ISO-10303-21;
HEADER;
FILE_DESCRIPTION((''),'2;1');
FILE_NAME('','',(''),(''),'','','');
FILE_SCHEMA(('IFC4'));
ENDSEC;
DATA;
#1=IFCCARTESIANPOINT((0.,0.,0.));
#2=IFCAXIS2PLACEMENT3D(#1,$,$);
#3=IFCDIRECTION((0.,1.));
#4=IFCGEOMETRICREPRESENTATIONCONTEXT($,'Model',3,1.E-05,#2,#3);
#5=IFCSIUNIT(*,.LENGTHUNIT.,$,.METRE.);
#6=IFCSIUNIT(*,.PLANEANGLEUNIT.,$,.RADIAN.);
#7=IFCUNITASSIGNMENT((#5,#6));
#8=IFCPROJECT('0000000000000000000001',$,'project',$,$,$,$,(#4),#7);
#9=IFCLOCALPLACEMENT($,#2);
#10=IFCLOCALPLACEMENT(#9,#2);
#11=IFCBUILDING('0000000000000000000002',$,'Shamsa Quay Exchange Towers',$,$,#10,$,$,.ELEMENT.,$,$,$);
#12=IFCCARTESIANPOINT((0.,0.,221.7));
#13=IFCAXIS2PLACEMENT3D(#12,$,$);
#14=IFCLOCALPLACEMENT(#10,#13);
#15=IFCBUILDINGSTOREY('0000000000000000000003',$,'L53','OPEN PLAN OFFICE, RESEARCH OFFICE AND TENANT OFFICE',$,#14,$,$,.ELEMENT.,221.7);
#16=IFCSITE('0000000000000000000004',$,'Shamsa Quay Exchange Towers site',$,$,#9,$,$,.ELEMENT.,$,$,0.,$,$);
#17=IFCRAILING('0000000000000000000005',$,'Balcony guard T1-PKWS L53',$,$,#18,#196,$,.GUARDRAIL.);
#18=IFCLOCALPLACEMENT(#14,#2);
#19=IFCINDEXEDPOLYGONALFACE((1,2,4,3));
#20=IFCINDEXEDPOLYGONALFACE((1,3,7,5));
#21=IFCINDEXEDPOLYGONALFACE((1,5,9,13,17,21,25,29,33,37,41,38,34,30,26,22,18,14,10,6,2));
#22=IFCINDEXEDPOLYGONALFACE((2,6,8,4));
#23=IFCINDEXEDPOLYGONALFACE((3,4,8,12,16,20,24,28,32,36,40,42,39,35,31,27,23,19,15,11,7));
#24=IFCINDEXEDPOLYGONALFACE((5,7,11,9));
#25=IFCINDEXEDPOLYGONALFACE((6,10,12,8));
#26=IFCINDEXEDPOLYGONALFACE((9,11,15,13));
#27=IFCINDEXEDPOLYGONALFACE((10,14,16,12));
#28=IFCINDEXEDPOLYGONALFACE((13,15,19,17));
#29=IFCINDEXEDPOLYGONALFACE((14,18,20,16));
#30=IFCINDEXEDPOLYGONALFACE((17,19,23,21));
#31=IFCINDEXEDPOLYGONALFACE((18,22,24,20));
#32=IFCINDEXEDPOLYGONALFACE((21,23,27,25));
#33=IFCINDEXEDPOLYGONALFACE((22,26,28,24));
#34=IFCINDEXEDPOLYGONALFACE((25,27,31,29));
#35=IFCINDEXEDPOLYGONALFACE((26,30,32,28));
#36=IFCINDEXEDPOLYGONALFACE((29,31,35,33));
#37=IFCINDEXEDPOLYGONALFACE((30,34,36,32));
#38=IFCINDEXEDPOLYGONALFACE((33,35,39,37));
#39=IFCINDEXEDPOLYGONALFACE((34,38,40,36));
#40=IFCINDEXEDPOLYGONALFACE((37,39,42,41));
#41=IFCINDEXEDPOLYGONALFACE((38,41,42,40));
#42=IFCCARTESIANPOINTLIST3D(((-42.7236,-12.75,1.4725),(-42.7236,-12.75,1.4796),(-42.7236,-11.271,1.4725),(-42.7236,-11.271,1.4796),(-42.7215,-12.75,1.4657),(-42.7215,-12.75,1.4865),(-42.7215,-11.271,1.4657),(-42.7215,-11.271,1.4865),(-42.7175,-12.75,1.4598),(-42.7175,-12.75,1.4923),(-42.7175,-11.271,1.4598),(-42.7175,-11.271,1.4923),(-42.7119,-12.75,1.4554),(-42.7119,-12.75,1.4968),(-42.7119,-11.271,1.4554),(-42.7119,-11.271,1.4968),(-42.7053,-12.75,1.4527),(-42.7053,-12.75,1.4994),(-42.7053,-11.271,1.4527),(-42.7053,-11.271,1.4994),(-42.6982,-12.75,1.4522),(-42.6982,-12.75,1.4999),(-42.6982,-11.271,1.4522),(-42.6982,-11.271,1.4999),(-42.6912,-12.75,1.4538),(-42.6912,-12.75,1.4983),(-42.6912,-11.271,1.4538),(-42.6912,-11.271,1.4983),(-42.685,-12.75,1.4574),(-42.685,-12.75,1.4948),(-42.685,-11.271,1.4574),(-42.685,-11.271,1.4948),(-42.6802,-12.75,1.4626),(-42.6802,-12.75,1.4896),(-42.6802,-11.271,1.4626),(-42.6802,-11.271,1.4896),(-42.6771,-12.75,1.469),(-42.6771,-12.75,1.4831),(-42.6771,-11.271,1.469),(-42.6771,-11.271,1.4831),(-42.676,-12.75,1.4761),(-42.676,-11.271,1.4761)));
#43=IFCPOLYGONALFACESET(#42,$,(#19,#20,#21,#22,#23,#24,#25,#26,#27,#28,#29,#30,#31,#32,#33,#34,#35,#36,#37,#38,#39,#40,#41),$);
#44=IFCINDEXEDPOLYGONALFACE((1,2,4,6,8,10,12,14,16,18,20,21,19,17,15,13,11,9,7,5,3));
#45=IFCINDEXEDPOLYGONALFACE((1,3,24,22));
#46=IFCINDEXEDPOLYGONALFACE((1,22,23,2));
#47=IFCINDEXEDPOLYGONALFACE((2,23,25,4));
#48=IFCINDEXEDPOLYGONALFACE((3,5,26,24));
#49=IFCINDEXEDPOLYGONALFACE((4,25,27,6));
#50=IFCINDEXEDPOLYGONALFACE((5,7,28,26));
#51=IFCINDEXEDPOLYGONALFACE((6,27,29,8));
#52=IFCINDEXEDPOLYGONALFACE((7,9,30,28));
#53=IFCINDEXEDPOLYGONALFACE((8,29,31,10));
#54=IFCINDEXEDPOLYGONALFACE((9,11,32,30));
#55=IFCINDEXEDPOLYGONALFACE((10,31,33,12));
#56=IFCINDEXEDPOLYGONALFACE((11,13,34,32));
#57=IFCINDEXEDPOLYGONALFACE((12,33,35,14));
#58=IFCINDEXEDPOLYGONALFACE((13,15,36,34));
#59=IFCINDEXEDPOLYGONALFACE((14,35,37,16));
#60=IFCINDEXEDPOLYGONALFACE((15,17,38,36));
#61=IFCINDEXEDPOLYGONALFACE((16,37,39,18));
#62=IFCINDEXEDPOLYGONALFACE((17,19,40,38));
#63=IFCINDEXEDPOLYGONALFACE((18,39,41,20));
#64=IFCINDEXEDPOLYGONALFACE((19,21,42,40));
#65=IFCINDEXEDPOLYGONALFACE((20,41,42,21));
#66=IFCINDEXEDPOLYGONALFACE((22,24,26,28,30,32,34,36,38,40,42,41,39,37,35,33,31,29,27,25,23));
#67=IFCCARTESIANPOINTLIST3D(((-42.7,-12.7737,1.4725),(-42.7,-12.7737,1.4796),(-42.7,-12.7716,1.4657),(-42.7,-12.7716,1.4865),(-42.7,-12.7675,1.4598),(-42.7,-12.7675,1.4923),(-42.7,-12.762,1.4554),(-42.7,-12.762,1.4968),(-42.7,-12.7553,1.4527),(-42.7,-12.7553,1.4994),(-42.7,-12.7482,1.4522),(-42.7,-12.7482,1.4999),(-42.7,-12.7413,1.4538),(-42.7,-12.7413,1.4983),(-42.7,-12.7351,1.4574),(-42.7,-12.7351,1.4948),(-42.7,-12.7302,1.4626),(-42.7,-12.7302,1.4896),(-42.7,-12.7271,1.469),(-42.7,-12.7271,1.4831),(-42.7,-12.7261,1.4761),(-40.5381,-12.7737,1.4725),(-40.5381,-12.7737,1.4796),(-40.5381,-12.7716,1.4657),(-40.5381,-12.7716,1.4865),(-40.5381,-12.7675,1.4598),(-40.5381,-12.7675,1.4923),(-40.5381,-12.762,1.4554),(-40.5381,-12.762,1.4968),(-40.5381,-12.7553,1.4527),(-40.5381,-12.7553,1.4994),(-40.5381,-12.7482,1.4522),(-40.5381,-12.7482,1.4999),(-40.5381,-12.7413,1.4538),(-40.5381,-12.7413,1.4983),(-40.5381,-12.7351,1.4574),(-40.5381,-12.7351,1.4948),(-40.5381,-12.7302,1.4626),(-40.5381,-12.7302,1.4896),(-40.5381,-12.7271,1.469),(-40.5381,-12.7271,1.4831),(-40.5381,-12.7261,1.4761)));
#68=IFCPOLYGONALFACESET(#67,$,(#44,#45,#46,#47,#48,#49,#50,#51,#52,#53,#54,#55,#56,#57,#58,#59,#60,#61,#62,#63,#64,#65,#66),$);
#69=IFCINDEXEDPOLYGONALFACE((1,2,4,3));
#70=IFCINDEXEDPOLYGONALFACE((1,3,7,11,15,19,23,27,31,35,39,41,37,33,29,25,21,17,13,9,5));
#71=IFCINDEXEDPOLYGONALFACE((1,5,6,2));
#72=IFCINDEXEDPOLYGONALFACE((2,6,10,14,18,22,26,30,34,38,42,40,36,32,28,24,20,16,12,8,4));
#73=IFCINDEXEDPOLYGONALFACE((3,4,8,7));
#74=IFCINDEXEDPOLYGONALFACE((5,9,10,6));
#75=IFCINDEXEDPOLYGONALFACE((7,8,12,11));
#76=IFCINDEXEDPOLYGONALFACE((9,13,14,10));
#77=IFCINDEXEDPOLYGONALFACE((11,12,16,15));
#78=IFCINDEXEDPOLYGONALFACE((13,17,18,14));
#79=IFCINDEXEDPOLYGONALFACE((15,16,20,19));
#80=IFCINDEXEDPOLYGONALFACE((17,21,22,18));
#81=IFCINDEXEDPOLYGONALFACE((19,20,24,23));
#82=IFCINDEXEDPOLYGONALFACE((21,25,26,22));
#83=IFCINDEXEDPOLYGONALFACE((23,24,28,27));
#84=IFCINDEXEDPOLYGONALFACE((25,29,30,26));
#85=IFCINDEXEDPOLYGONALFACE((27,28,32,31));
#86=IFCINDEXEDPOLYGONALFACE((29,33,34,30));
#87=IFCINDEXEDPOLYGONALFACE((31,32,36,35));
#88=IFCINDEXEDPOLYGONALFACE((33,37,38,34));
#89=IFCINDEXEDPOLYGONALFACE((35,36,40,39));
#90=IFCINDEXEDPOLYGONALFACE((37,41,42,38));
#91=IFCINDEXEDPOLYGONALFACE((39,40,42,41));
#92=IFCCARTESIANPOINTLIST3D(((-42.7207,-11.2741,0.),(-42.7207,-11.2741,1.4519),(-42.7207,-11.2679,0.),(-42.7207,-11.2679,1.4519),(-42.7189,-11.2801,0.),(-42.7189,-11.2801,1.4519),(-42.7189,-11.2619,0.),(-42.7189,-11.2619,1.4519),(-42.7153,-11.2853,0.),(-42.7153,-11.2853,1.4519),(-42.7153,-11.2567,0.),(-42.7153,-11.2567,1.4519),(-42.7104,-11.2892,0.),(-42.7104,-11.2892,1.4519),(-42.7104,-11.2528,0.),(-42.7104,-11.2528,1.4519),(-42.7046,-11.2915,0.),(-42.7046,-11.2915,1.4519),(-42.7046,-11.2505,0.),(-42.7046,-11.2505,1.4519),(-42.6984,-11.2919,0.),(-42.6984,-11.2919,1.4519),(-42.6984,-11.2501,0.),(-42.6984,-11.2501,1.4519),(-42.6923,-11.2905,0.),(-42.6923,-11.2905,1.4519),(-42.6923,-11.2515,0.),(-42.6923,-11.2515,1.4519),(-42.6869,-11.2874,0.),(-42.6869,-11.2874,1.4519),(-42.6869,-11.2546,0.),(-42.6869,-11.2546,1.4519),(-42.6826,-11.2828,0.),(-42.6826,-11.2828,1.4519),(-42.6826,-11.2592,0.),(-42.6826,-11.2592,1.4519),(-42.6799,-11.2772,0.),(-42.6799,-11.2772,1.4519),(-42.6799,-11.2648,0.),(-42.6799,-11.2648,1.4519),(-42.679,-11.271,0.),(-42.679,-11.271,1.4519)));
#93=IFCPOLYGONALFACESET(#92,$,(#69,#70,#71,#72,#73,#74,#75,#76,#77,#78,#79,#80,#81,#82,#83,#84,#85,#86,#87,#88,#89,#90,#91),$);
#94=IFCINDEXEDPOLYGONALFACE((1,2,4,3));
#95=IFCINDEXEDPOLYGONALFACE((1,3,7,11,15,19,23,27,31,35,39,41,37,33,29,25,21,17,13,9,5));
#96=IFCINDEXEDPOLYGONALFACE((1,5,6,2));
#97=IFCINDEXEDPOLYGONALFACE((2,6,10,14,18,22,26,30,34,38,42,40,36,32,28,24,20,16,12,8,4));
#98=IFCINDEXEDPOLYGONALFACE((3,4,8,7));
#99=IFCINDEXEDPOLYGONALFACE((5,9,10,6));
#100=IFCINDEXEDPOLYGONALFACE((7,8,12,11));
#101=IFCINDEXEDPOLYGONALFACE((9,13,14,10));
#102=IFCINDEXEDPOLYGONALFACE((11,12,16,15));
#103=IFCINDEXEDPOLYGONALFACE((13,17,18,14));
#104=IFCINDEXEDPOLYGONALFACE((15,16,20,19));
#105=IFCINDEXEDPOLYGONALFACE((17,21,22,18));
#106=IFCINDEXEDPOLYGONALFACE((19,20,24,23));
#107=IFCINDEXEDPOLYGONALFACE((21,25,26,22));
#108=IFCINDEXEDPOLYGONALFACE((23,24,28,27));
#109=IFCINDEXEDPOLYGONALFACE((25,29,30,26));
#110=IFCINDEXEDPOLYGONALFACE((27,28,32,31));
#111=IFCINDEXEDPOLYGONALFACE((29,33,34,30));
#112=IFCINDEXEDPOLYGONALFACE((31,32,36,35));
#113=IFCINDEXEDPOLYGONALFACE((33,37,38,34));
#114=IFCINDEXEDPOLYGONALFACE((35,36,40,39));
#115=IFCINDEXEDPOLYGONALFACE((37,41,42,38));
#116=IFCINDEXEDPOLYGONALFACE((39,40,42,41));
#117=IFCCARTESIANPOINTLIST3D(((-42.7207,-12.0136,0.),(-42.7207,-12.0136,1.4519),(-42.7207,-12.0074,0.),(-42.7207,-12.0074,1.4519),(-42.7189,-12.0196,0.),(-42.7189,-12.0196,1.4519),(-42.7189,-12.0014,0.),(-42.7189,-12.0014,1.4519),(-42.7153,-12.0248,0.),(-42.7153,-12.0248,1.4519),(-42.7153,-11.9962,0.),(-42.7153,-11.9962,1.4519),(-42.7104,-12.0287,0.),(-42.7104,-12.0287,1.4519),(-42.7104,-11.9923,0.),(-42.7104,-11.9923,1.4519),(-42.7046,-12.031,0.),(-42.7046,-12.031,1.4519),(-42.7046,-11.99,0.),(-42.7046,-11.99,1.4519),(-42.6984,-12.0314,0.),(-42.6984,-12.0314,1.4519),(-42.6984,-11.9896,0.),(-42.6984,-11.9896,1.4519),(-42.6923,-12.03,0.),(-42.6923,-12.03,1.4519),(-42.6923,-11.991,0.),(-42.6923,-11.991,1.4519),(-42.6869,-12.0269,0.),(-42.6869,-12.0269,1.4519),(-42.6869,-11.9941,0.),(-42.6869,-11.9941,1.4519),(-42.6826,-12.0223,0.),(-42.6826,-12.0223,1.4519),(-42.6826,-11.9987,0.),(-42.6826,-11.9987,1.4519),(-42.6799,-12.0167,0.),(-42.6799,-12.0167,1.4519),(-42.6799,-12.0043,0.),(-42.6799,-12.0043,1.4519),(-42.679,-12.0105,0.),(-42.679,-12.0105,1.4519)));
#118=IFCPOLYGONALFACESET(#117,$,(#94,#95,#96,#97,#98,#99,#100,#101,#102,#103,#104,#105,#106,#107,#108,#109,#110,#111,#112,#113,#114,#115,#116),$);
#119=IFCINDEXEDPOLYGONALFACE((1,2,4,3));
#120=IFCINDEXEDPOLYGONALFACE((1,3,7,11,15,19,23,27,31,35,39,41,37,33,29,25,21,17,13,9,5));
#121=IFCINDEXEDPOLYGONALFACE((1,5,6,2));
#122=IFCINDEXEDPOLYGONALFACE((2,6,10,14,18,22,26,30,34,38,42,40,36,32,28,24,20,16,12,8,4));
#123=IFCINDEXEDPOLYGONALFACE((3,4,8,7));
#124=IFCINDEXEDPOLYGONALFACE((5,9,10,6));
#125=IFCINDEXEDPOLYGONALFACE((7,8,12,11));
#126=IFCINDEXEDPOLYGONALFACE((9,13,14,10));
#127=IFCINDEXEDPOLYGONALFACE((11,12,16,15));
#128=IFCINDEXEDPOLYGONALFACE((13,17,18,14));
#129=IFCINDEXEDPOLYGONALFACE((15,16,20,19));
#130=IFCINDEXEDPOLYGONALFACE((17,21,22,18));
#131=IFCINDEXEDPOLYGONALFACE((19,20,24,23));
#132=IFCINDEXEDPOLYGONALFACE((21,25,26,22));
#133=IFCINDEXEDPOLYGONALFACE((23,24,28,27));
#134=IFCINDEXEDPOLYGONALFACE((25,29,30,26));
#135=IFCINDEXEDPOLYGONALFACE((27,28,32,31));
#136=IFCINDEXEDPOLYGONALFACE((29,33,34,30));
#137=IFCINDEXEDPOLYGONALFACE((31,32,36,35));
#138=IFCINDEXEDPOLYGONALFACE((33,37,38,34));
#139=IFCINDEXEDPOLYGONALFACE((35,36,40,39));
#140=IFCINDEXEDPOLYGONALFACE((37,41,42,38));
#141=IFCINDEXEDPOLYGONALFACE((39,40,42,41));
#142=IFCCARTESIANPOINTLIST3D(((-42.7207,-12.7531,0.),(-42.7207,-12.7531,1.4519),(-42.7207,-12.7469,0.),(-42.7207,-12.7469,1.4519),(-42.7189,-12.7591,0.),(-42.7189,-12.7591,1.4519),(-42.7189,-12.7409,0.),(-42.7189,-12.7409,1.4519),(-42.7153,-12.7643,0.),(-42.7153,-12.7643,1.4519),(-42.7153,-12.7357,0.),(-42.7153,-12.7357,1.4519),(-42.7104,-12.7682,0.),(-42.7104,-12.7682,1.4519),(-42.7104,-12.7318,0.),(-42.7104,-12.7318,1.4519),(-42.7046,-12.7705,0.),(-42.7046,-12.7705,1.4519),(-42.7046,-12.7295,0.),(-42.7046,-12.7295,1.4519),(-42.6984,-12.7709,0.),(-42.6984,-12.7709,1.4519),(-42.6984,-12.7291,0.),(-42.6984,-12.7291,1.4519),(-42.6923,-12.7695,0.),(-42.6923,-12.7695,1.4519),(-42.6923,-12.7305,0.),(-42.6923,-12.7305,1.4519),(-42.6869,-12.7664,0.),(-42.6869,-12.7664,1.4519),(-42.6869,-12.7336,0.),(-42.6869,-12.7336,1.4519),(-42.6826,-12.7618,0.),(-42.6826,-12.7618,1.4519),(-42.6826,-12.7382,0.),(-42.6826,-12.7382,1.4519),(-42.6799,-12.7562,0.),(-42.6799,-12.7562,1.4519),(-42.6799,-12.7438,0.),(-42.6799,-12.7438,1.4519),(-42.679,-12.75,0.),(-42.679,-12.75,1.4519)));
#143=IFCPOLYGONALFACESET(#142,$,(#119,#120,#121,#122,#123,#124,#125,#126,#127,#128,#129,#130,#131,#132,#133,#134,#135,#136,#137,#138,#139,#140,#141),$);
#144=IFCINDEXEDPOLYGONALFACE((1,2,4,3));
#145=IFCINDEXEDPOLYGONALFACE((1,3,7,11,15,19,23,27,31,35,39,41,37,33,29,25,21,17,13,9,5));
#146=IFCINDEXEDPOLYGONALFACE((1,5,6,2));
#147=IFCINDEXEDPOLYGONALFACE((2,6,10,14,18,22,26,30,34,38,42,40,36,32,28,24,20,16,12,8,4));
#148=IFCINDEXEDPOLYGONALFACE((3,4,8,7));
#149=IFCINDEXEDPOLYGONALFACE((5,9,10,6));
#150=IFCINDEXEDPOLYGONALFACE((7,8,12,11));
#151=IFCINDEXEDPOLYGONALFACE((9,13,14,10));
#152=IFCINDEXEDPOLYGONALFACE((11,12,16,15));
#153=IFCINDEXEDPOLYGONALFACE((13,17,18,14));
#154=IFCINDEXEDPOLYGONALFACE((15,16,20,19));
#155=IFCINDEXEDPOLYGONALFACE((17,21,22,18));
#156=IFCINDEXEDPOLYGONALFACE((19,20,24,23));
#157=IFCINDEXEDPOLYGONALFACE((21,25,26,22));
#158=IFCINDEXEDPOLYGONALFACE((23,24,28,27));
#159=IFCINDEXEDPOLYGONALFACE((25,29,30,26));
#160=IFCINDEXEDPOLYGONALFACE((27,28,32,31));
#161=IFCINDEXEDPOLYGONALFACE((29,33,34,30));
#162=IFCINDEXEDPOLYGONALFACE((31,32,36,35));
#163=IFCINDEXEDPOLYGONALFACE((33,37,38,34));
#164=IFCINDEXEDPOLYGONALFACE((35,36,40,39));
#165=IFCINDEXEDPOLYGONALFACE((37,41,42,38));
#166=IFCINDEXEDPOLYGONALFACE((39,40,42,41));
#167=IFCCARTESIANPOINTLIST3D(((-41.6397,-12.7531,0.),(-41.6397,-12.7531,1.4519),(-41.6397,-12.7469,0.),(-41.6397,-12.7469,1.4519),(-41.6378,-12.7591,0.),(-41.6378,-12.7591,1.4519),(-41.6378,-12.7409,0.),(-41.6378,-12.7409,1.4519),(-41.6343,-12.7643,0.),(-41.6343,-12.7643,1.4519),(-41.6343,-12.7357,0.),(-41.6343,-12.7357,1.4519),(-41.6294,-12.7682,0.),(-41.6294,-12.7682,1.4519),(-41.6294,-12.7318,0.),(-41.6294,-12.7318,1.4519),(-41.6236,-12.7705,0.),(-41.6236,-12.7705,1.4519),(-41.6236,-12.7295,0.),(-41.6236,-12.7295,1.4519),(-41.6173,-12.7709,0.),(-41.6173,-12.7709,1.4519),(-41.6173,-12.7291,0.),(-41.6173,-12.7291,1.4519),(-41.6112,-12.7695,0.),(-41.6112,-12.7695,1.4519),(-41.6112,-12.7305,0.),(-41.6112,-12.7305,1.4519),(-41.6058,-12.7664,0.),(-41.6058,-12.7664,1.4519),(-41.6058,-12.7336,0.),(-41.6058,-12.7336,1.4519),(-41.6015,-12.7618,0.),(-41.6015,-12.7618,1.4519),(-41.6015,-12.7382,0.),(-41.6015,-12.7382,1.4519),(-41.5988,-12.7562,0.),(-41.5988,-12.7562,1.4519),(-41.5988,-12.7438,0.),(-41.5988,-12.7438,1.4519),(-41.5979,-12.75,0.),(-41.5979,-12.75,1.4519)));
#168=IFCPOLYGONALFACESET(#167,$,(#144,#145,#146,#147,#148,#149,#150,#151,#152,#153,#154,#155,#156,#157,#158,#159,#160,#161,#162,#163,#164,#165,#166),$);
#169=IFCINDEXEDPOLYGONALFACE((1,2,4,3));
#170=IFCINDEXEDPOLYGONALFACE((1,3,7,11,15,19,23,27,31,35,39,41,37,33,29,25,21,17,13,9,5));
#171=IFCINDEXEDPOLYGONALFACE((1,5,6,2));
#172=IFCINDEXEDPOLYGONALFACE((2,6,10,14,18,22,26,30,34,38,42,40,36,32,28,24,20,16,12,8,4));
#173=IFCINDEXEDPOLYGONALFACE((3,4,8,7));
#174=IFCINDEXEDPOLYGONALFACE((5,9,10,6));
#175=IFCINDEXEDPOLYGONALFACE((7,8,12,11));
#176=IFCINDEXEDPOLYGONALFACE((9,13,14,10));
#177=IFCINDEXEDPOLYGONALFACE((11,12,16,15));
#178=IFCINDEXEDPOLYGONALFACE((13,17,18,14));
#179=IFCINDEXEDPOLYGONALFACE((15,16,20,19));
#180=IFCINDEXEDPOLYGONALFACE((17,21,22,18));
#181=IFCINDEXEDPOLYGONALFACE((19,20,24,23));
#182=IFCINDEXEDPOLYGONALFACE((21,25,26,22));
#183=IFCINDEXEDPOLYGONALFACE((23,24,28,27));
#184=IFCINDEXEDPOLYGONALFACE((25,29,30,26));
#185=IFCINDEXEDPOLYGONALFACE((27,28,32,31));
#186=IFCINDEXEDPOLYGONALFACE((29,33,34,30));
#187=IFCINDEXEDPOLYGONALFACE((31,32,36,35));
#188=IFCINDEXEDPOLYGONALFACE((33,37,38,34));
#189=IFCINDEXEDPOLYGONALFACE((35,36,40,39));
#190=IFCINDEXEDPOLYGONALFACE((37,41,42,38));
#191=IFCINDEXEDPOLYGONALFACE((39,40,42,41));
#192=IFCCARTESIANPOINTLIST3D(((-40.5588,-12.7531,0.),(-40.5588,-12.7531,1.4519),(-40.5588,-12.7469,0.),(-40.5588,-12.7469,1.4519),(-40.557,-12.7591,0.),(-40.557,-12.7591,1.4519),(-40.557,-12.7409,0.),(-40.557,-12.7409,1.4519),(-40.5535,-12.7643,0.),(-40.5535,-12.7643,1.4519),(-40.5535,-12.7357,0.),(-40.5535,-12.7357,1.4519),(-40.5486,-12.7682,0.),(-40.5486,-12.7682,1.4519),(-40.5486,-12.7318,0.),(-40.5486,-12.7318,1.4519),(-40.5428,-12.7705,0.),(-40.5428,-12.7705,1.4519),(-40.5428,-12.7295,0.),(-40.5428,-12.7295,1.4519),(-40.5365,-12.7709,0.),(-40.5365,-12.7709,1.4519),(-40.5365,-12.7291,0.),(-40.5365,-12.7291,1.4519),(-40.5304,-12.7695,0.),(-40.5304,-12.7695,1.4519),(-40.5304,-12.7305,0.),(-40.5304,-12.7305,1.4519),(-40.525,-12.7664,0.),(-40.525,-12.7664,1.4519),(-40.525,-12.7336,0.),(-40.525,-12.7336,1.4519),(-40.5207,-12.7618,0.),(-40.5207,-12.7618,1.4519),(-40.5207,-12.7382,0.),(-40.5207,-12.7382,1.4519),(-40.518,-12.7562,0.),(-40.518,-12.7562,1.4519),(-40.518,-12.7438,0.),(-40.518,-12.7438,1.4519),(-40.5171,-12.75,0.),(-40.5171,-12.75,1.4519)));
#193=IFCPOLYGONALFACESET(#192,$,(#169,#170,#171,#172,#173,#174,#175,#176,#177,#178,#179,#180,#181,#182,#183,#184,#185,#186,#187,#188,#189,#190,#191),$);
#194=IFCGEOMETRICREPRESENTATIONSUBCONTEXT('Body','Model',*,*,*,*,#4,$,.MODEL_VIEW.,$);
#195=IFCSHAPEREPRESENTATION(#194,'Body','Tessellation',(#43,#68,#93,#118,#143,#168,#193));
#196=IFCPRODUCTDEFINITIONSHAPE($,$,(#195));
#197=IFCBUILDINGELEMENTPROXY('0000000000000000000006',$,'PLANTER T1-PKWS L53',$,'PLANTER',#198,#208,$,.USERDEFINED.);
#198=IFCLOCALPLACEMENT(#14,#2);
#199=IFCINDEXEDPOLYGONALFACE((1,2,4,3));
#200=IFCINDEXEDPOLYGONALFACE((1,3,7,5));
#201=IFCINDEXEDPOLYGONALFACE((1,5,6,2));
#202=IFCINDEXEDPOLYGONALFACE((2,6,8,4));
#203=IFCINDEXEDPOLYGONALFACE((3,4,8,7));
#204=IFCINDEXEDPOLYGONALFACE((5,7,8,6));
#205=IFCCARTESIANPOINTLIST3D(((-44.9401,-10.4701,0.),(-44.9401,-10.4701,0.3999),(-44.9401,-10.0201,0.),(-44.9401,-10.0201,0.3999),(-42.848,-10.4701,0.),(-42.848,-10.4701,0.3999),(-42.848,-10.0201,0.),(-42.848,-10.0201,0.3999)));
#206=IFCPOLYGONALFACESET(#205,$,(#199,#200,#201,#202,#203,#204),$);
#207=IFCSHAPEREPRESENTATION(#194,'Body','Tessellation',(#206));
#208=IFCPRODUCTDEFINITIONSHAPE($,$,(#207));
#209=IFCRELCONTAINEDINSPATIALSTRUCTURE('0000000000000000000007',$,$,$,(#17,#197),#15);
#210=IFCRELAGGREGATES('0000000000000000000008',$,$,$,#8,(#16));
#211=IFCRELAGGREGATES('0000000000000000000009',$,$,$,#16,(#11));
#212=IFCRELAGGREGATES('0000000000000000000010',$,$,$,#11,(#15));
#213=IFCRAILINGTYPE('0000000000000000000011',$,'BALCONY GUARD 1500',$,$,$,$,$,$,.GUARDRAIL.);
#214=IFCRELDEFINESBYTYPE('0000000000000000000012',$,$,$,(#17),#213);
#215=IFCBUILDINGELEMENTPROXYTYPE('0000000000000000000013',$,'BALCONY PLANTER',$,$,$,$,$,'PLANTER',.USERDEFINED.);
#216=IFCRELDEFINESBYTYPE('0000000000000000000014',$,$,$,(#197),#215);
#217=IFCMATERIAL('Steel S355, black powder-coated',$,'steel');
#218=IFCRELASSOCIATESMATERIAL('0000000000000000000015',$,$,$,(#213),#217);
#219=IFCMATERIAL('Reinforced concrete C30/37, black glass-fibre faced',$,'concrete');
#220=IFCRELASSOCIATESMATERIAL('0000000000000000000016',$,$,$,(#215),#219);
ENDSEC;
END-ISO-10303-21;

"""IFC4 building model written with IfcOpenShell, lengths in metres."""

from ifc_helpers import new_model, si_unit, direction, frame, origin, origin_2d, place, context, subcontext, project, spatial, rectangle, circle, extrude, material, type_object, element, save


model = new_model("IFC4")

# Units and contexts
model_context = context("Model", 3, precision=1e-05, world=origin(), true_north=direction((0.0, 1.0)))
body_context = subcontext(model_context, "Body", "Model", "MODEL_VIEW")
ifc_project = project(units=[si_unit("LENGTHUNIT", "METRE"), si_unit("PLANEANGLEUNIT", "RADIAN")], contexts=[model_context])

# Site, building, storey
site_placement = place(None, origin())
site = spatial("IfcSite", under=ifc_project, at=site_placement, Name="Shamsa Quay Exchange Towers site", CompositionType="ELEMENT", RefElevation=0.0)
building_placement = place(site_placement, origin())
building = spatial("IfcBuilding", under=site, at=building_placement, Name="Shamsa Quay Exchange Towers", CompositionType="ELEMENT")
storey_placement = place(building_placement, frame((0.0, 0.0, 221.7)))
storey = spatial("IfcBuildingStorey", under=building, at=storey_placement, Name="L53", Description="OPEN PLAN OFFICE, RESEARCH OFFICE AND TENANT OFFICE", CompositionType="ELEMENT", Elevation=221.7)

# Railing
ifc_material_1 = material(Name="Steel S355, black powder-coated", Category="steel")
railing_type_1 = type_object("IfcRailingType", Name="BALCONY GUARD 1500", PredefinedType="GUARDRAIL", material=ifc_material_1)
for number, where, name in (
    (1, (-42.7, -11.271, 0.0), "Balcony guard T1-PKWS L53"),
):
    element("IfcRailing", number, at=place(storey_placement, frame(where)), inside=storey, type_object=railing_type_1, Name=name, PredefinedType="GUARDRAIL", context=body_context, shape_type="SweptSolid", body=[
        extrude(circle(Radius=0.0239, at=origin_2d()), frame((0.0, 0.0, 1.4761), z_axis=(0.0, -1.0, 0.0), x_axis=(1.0, 0.0, 0.0)), (0.0, 0.0, 1.0), 1.479),
        extrude(circle(Radius=0.0239, at=origin_2d()), frame((0.0, -1.479, 1.4761), z_axis=(1.0, 0.0, 0.0), x_axis=(0.0, 1.0, 0.0)), (0.0, 0.0, 1.0), 2.1619),
        extrude(circle(Radius=0.021, at=origin_2d()), origin(), (0.0, 0.0, 1.0), 1.4519),
        extrude(circle(Radius=0.021, at=origin_2d()), frame((0.0, -0.7395, 0.0)), (0.0, 0.0, 1.0), 1.4519),
        extrude(circle(Radius=0.021, at=origin_2d()), frame((0.0, -1.479, 0.0)), (0.0, 0.0, 1.0), 1.4519),
        extrude(circle(Radius=0.021, at=origin_2d()), frame((1.0811, -1.479, 0.0)), (0.0, 0.0, 1.0), 1.4519),
        extrude(circle(Radius=0.021, at=origin_2d()), frame((2.1619, -1.479, 0.0)), (0.0, 0.0, 1.0), 1.4519),
    ])

# Building element proxy
ifc_material_2 = material(Name="Reinforced concrete C30/37, black glass-fibre faced", Category="concrete")
building_element_proxy_type = type_object("IfcBuildingElementProxyType", Name="BALCONY PLANTER", ElementType="PLANTER", PredefinedType="USERDEFINED", material=ifc_material_2)
proxy_placement = place(storey_placement, frame((-43.894, -10.2451, 0.0)))
element("IfcBuildingElementProxy", 2, at=proxy_placement, inside=storey, type_object=building_element_proxy_type, Name="PLANTER T1-PKWS L53", ObjectType="PLANTER", PredefinedType="USERDEFINED", context=body_context, shape_type="SweptSolid", body=[
    extrude(rectangle(XDim=2.092, YDim=0.45, at=origin_2d()), origin(), (0.0, 0.0, 1.0), 0.3999),
])

save(model, "model.ifc")
